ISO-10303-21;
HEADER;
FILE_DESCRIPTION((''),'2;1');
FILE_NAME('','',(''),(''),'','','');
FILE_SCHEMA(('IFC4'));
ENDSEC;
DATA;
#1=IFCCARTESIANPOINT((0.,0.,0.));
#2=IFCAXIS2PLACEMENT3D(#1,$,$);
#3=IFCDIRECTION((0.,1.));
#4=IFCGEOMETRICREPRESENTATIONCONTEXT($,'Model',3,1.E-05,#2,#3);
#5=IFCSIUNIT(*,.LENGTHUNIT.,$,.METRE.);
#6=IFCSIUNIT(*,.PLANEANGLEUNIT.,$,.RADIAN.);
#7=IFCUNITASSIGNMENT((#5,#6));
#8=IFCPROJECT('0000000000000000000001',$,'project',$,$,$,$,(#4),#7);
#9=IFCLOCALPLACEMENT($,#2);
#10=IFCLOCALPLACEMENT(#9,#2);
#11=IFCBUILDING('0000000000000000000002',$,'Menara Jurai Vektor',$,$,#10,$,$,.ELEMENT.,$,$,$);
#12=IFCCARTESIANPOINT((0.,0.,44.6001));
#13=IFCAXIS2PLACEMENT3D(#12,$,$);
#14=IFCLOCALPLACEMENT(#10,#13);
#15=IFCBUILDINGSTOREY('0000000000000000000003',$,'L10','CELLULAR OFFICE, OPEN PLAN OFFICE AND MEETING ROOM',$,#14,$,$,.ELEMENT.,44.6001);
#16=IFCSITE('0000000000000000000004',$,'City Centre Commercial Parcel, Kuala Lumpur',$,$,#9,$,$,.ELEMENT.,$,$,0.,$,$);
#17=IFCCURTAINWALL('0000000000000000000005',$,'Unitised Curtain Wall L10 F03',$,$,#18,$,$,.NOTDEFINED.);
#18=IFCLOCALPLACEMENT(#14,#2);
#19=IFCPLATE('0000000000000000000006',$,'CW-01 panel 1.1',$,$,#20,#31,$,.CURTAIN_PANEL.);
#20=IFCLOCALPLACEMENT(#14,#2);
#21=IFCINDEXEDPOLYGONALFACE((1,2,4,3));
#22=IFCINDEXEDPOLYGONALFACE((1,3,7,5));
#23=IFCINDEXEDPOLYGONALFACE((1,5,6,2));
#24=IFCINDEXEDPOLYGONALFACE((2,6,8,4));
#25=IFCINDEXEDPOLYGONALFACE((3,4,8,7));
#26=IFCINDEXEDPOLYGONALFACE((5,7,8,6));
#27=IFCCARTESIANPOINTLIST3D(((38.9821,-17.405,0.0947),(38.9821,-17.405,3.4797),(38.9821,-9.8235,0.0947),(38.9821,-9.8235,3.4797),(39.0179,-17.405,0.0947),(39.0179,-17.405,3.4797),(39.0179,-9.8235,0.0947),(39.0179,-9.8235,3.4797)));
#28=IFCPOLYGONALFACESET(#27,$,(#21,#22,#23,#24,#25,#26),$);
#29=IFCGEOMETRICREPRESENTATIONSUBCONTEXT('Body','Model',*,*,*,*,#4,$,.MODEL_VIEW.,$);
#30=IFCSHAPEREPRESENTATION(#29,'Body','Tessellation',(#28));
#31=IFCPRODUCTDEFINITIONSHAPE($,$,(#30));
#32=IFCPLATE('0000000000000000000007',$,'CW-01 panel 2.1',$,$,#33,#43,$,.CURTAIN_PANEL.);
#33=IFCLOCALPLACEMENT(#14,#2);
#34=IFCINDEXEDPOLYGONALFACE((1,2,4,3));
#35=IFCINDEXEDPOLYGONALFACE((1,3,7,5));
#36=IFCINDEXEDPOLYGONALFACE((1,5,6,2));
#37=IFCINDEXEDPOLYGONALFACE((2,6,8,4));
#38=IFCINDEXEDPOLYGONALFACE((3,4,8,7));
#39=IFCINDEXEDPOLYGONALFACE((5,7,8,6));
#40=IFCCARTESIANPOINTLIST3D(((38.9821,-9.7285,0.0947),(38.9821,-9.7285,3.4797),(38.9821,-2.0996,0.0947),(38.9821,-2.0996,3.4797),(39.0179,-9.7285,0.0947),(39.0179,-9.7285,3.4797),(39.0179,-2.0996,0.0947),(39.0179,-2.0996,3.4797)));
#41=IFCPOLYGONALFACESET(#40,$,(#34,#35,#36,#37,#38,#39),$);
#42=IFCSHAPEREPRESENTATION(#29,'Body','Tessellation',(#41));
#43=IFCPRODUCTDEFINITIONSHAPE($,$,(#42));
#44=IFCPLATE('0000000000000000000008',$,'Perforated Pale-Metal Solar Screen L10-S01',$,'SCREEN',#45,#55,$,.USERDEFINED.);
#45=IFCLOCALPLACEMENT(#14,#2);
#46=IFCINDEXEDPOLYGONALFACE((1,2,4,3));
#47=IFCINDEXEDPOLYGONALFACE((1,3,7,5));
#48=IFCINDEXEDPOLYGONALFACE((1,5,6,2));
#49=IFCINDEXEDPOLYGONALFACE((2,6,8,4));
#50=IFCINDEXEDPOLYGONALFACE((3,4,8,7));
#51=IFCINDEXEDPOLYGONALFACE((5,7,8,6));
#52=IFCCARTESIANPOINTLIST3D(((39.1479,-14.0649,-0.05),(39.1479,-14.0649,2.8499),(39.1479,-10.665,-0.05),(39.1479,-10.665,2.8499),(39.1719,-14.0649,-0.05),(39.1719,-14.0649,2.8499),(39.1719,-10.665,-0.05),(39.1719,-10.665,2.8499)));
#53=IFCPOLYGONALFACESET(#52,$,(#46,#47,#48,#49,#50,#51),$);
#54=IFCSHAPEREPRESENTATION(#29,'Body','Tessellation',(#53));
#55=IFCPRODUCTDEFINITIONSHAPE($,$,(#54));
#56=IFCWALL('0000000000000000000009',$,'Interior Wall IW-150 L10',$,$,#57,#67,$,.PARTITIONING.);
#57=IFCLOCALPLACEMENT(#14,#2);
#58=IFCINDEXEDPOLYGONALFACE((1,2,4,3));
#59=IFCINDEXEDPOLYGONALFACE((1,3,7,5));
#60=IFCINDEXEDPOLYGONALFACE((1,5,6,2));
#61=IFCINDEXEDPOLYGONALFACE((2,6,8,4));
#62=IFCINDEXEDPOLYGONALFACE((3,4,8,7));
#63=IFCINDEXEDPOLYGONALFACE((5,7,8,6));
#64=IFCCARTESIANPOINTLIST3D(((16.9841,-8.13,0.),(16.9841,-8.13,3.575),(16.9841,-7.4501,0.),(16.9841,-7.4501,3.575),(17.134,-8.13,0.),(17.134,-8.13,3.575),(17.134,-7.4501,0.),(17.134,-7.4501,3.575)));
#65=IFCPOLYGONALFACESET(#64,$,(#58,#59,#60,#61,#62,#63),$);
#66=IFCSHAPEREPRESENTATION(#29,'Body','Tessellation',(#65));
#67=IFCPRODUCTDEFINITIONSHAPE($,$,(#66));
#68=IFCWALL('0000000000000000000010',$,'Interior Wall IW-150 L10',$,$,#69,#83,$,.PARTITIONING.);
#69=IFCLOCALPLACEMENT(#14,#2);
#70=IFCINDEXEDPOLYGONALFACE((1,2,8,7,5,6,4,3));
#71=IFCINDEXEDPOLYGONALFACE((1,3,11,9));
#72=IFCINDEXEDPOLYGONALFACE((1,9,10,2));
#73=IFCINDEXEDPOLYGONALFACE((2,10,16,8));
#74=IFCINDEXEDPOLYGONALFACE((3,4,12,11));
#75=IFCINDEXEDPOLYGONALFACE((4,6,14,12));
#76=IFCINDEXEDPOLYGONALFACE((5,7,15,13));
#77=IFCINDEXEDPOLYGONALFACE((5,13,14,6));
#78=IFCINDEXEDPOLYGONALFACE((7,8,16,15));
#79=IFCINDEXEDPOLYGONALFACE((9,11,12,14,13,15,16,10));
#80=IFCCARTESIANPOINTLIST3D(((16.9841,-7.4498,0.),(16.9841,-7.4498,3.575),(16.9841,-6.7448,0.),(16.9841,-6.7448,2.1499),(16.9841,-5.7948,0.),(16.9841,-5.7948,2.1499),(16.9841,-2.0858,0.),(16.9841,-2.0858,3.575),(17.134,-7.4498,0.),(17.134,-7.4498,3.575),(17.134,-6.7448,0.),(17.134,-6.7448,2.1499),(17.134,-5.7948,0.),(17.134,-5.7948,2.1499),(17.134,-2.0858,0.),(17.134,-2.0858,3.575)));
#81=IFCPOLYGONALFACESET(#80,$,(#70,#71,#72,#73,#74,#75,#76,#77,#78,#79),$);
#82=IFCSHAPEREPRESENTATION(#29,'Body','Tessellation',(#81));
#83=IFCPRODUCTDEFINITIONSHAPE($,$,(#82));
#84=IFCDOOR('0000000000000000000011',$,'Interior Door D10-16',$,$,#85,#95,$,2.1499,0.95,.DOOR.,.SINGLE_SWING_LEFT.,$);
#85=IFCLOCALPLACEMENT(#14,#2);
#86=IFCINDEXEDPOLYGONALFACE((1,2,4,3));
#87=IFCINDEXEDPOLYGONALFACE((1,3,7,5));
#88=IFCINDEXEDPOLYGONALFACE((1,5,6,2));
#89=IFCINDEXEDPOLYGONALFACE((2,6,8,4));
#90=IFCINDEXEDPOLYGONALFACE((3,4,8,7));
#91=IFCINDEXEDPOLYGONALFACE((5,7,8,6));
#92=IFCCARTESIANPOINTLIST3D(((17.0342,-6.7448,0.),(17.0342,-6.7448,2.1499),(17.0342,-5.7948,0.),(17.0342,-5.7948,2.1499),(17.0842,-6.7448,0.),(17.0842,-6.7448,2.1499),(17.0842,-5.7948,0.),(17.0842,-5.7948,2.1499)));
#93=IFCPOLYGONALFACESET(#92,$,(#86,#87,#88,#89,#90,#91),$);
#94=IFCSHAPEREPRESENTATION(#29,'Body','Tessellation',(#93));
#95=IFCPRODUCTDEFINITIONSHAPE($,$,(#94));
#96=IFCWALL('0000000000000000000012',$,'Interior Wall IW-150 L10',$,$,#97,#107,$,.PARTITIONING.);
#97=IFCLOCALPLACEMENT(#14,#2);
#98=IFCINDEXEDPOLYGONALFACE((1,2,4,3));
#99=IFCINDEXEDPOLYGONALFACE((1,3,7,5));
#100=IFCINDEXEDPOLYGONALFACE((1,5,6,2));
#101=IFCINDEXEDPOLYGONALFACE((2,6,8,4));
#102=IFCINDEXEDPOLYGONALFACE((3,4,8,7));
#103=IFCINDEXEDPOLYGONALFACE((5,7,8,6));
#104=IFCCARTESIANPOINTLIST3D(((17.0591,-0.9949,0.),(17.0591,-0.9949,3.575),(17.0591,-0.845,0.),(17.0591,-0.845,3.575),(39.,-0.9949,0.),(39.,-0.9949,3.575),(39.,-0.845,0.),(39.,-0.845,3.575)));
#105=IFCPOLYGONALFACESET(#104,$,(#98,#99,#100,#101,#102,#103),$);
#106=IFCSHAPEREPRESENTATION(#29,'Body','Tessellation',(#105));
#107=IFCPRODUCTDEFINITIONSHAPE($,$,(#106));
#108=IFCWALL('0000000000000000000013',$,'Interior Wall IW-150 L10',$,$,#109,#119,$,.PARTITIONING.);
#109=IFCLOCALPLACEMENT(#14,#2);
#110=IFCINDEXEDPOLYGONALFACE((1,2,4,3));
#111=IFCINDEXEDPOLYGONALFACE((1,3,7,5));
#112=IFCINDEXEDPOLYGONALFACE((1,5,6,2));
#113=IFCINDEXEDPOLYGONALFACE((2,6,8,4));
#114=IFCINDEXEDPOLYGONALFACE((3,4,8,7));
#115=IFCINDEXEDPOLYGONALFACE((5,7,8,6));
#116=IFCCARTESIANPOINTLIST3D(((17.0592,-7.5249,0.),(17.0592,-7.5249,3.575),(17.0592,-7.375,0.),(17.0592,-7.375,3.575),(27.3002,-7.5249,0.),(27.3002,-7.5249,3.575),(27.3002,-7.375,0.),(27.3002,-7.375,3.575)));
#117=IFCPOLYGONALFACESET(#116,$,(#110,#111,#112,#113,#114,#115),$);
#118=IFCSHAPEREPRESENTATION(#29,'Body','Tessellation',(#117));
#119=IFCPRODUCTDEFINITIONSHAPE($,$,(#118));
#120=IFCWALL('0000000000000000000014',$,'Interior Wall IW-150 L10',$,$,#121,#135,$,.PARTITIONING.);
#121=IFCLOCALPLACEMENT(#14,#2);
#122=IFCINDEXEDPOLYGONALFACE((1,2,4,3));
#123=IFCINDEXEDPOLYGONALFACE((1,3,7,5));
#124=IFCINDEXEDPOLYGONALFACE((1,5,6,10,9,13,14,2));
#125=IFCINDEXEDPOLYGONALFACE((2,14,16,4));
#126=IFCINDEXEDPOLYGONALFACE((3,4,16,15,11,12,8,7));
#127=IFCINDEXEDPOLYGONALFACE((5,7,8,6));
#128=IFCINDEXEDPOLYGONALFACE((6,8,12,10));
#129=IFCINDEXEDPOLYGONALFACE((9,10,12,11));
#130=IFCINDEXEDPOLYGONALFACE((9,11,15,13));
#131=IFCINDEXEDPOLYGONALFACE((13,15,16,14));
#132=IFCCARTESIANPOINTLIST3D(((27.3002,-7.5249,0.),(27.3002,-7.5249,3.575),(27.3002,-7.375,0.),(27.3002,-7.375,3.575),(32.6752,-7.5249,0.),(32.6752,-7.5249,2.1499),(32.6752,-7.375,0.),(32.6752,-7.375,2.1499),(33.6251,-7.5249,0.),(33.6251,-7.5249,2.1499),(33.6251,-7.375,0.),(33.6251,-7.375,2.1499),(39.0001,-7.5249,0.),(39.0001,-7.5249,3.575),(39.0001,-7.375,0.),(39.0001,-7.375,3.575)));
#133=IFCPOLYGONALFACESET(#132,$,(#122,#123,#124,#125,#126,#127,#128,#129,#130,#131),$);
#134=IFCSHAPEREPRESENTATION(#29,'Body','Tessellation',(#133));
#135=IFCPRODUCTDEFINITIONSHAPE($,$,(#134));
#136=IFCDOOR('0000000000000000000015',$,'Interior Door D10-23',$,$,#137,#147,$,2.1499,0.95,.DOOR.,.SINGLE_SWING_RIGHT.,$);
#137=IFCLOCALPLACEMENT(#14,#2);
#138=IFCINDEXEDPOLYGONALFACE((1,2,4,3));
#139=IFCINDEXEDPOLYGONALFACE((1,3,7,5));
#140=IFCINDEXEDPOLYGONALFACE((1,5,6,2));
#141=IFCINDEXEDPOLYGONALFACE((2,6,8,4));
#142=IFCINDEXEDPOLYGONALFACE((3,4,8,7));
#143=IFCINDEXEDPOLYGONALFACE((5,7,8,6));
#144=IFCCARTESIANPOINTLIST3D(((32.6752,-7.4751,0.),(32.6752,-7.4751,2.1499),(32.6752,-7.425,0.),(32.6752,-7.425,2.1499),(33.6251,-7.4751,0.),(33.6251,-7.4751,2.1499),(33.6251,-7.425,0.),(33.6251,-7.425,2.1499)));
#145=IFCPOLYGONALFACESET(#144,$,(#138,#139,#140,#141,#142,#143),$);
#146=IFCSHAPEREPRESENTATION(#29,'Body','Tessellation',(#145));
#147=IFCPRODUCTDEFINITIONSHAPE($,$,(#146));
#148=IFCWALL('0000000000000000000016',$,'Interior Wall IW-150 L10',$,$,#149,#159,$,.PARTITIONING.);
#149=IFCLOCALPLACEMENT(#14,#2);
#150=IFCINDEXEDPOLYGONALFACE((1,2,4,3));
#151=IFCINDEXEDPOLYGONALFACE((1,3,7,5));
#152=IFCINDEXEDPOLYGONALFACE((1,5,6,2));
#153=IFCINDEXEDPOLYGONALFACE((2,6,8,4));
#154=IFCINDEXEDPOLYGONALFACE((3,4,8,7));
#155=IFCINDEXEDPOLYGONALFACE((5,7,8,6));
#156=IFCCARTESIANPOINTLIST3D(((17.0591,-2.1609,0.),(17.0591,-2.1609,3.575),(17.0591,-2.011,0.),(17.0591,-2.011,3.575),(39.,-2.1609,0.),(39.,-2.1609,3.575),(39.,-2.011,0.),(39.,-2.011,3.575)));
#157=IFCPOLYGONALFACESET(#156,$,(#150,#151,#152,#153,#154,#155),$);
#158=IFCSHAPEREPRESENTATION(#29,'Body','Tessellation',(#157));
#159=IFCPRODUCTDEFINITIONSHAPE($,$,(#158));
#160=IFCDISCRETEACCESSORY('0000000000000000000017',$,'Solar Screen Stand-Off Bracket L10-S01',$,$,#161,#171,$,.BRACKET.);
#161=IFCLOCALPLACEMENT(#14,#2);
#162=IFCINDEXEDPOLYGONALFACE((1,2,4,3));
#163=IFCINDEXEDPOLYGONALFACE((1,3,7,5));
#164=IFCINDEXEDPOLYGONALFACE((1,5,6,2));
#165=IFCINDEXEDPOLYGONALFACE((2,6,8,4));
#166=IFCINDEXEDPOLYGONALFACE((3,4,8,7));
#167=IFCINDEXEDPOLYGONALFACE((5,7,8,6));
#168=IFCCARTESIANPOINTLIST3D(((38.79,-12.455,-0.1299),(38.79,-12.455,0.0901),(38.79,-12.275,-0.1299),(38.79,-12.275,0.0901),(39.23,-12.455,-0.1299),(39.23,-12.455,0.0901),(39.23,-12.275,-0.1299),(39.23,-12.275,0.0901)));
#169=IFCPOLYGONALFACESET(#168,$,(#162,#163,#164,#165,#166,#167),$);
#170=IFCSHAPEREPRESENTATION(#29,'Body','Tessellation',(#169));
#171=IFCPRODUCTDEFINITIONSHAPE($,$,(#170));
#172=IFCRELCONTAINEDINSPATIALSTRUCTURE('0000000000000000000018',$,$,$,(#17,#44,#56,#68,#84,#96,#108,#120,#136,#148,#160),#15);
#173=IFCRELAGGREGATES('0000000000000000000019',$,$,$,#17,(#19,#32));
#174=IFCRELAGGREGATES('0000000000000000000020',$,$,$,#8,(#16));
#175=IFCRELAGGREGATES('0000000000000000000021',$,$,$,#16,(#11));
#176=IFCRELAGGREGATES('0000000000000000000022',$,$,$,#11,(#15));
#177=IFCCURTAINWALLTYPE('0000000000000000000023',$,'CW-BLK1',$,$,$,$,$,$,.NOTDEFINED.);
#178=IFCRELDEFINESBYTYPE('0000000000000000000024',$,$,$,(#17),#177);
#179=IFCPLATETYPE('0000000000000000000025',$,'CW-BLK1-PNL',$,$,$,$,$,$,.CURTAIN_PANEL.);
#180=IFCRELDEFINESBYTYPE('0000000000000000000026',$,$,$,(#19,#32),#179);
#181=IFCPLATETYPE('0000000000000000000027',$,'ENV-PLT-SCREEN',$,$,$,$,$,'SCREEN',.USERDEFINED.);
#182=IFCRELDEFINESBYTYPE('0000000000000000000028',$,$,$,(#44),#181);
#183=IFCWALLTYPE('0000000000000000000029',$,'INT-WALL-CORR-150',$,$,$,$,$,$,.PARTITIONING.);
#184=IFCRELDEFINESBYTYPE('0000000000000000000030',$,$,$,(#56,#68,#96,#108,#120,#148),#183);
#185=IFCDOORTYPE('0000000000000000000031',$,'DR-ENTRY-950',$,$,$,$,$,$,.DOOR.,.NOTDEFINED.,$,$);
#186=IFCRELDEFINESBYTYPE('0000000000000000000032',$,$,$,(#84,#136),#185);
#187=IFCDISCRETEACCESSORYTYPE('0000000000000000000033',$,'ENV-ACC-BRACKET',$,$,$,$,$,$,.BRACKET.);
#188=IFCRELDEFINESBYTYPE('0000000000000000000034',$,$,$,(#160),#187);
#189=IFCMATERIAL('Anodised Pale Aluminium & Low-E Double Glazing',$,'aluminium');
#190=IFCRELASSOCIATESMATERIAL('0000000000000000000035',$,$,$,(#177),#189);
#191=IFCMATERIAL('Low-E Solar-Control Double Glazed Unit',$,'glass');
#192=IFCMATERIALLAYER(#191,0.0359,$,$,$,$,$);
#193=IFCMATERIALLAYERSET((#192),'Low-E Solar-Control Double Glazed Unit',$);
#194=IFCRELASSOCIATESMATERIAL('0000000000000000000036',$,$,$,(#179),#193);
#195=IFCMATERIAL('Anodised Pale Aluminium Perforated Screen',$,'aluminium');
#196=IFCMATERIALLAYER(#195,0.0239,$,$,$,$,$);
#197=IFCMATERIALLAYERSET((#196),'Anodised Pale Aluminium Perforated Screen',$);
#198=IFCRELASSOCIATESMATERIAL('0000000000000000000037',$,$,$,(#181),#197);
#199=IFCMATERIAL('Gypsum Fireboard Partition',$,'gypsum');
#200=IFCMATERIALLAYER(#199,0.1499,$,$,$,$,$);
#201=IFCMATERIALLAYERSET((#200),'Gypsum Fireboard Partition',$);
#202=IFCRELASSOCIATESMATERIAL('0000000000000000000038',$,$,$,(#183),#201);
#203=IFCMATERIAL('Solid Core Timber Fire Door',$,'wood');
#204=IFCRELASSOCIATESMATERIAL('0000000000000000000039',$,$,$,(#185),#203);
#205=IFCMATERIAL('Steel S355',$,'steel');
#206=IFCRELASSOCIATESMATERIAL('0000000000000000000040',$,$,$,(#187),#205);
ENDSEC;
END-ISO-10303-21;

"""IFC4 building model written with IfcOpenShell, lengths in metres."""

from ifc_helpers import new_model, si_unit, direction, frame, frame_2d, origin, origin_2d, place, context, subcontext, project, spatial, rectangle, extrude, material, layer, layer_set, type_object, element, fill, aggregate, save


model = new_model("IFC4")

# Units and contexts
model_context = context("Model", 3, precision=1e-05, world=origin(), true_north=direction((0.0, 1.0)))
body_context = subcontext(model_context, "Body", "Model", "MODEL_VIEW")
ifc_project = project(units=[si_unit("LENGTHUNIT", "METRE"), si_unit("PLANEANGLEUNIT", "RADIAN")], contexts=[model_context])

# Site, building, storey
site_placement = place(None, origin())
site = spatial("IfcSite", under=ifc_project, at=site_placement, Name="City Centre Commercial Parcel, Kuala Lumpur", CompositionType="ELEMENT", RefElevation=0.0)
building_placement = place(site_placement, origin())
building = spatial("IfcBuilding", under=site, at=building_placement, Name="Menara Jurai Vektor", CompositionType="ELEMENT")
storey_placement = place(building_placement, frame((0.0, 0.0, 44.6001)))
storey = spatial("IfcBuildingStorey", under=building, at=storey_placement, Name="L10", Description="CELLULAR OFFICE, OPEN PLAN OFFICE AND MEETING ROOM", CompositionType="ELEMENT", Elevation=44.6001)

# Curtain wall
ifc_material_1 = material(Name="Anodised Pale Aluminium & Low-E Double Glazing", Category="aluminium")
curtain_wall_type = type_object("IfcCurtainWallType", Name="CW-BLK1", PredefinedType="NOTDEFINED", material=ifc_material_1)
curtain_wall_placement = place(storey_placement, origin())
curtain_wall = element("IfcCurtainWall", 1, at=curtain_wall_placement, inside=storey, type_object=curtain_wall_type, Name="Unitised Curtain Wall L10 F03", PredefinedType="NOTDEFINED")

# Shared definitions
ifc_material_2 = material(Name="Steel S355", Category="steel")

# Plates
ifc_material_3 = material(Name="Low-E Solar-Control Double Glazed Unit", Category="glass")
ifc_layer_1 = layer(ifc_material_3, 0.0359)
ifc_layer_set_1 = layer_set([ifc_layer_1], Name="Low-E Solar-Control Double Glazed Unit")
plate_type_1 = type_object("IfcPlateType", Name="CW-BLK1-PNL", PredefinedType="CURTAIN_PANEL", material=ifc_layer_set_1)
plate_1_placement = place(storey_placement, frame((39.0, -13.6143, 0.0947), z_axis=(0.0, 0.0, 1.0), x_axis=(0.0, 1.0, 0.0)))
plate_1 = element("IfcPlate", 2, at=plate_1_placement, type_object=plate_type_1, Name="CW-01 panel 1.1", PredefinedType="CURTAIN_PANEL", context=body_context, shape_type="SweptSolid", body=[
    extrude(rectangle(XDim=7.5815, YDim=0.0359, at=origin_2d()), origin(), (0.0, 0.0, 1.0), 3.385),
])
plate_2_placement = place(storey_placement, frame((39.0, -5.9141, 0.0947), z_axis=(0.0, 0.0, 1.0), x_axis=(0.0, 1.0, 0.0)))
plate_2 = element("IfcPlate", 3, at=plate_2_placement, type_object=plate_type_1, Name="CW-01 panel 2.1", PredefinedType="CURTAIN_PANEL", context=body_context, shape_type="SweptSolid", body=[
    extrude(rectangle(XDim=7.6289, YDim=0.0359, at=origin_2d()), origin(), (0.0, 0.0, 1.0), 3.385),
])
aggregate(curtain_wall, [plate_1, plate_2])
ifc_material_4 = material(Name="Anodised Pale Aluminium Perforated Screen", Category="aluminium")
ifc_layer_2 = layer(ifc_material_4, 0.0239)
ifc_layer_set_2 = layer_set([ifc_layer_2], Name="Anodised Pale Aluminium Perforated Screen")
plate_type_2 = type_object("IfcPlateType", Name="ENV-PLT-SCREEN", ElementType="SCREEN", PredefinedType="USERDEFINED", material=ifc_layer_set_2)
plate_3_placement = place(storey_placement, frame((39.1599, -12.365, -0.05), z_axis=(0.0, 0.0, 1.0), x_axis=(0.0, 1.0, 0.0)))
element("IfcPlate", 4, at=plate_3_placement, inside=storey, type_object=plate_type_2, Name="Perforated Pale-Metal Solar Screen L10-S01", ObjectType="SCREEN", PredefinedType="USERDEFINED", context=body_context, shape_type="SweptSolid", body=[
    extrude(rectangle(XDim=3.3999, YDim=0.0239, at=origin_2d()), origin(), (0.0, 0.0, 1.0), 2.8999),
])

# Wall
ifc_material_5 = material(Name="Gypsum Fireboard Partition", Category="gypsum")
ifc_layer_3 = layer(ifc_material_5, 0.1499)
ifc_layer_set_3 = layer_set([ifc_layer_3], Name="Gypsum Fireboard Partition")
wall_type = type_object("IfcWallType", Name="INT-WALL-CORR-150", PredefinedType="PARTITIONING", material=ifc_layer_set_3)
wall_1_placement = place(storey_placement, frame((17.0591, -8.1299, 0.0), z_axis=(0.0, 0.0, 1.0), x_axis=(0.0, 1.0, 0.0)))
element("IfcWall", 5, at=wall_1_placement, inside=storey, type_object=wall_type, Name="Interior Wall IW-150 L10", PredefinedType="PARTITIONING", context=body_context, shape_type="SweptSolid", body=[
    extrude(rectangle(XDim=0.6799, YDim=0.1499, at=frame_2d((0.3398, 0.0))), origin(), (0.0, 0.0, 1.0), 3.575),
])

# Wall, opening, door
wall_2_placement = place(storey_placement, frame((17.0591, -7.45, 0.0), z_axis=(0.0, 0.0, 1.0), x_axis=(0.0, 1.0, 0.0)))
wall_2 = element("IfcWall", 6, at=wall_2_placement, inside=storey, type_object=wall_type, Name="Interior Wall IW-150 L10", PredefinedType="PARTITIONING", context=body_context, shape_type="SweptSolid", body=[
    extrude(rectangle(XDim=5.364, YDim=0.1499, at=frame_2d((2.6821, 0.0))), origin(), (0.0, 0.0, 1.0), 3.575),
])
opening_1_placement = place(wall_2_placement, frame((0.7051, 0.0, 0.0)))
opening_1 = element("IfcOpeningElement", 7, at=opening_1_placement, cuts=wall_2, PredefinedType="OPENING", context=body_context, shape_type="SweptSolid", body=[
    extrude(rectangle(XDim=0.95, YDim=2.1499, at=frame_2d((0.4751, 1.075))), frame((0.0, 0.085, 0.0), z_axis=(0.0, -1.0, 0.0), x_axis=(1.0, 0.0, 0.0)), (0.0, 0.0, 1.0), 0.1699),
])
ifc_material_6 = material(Name="Solid Core Timber Fire Door", Category="wood")
door_type = type_object("IfcDoorType", Name="DR-ENTRY-950", OperationType="NOTDEFINED", PredefinedType="DOOR", material=ifc_material_6)
door_1_placement = place(opening_1_placement, origin())
door_1 = element("IfcDoor", 8, at=door_1_placement, inside=storey, type_object=door_type, Name="Interior Door D10-16", OperationType="SINGLE_SWING_LEFT", OverallHeight=2.1499, OverallWidth=0.95, PredefinedType="DOOR", context=body_context, shape_type="SweptSolid", body=[
    extrude(rectangle(XDim=0.95, YDim=2.1499, at=frame_2d((0.4751, 1.075))), frame((0.0, 0.0249, 0.0), z_axis=(0.0, -1.0, 0.0), x_axis=(1.0, 0.0, 0.0)), (0.0, 0.0, 1.0), 0.05),
])
fill(opening_1, door_1)

# Walls
wall_3_placement = place(storey_placement, frame((17.0591, -0.9199, 0.0), z_axis=(0.0, 0.0, 1.0), x_axis=(1.0, 0.0, 0.0)))
element("IfcWall", 9, at=wall_3_placement, inside=storey, type_object=wall_type, Name="Interior Wall IW-150 L10", PredefinedType="PARTITIONING", context=body_context, shape_type="SweptSolid", body=[
    extrude(rectangle(XDim=21.9409, YDim=0.1499, at=frame_2d((10.9705, 0.0))), origin(), (0.0, 0.0, 1.0), 3.575),
])
wall_4_placement = place(storey_placement, frame((17.0591, -7.45, 0.0), z_axis=(0.0, 0.0, 1.0), x_axis=(1.0, 0.0, 0.0)))
element("IfcWall", 10, at=wall_4_placement, inside=storey, type_object=wall_type, Name="Interior Wall IW-150 L10", PredefinedType="PARTITIONING", context=body_context, shape_type="SweptSolid", body=[
    extrude(rectangle(XDim=10.241, YDim=0.1499, at=frame_2d((5.1206, 0.0))), origin(), (0.0, 0.0, 1.0), 3.575),
])

# Wall, opening, door
wall_5_placement = place(storey_placement, frame((27.3, -7.45, 0.0), z_axis=(0.0, 0.0, 1.0), x_axis=(1.0, 0.0, 0.0)))
wall_5 = element("IfcWall", 11, at=wall_5_placement, inside=storey, type_object=wall_type, Name="Interior Wall IW-150 L10", PredefinedType="PARTITIONING", context=body_context, shape_type="SweptSolid", body=[
    extrude(rectangle(XDim=11.7, YDim=0.1499, at=frame_2d((5.8501, 0.0))), origin(), (0.0, 0.0, 1.0), 3.575),
])
opening_2_placement = place(wall_5_placement, frame((5.375, 0.0, 0.0)))
opening_2 = element("IfcOpeningElement", 12, at=opening_2_placement, cuts=wall_5, PredefinedType="OPENING", context=body_context, shape_type="SweptSolid", body=[
    extrude(rectangle(XDim=0.95, YDim=2.1499, at=frame_2d((0.4751, 1.075))), frame((0.0, 0.085, 0.0), z_axis=(0.0, -1.0, 0.0), x_axis=(1.0, 0.0, 0.0)), (0.0, 0.0, 1.0), 0.1699),
])
door_2_placement = place(opening_2_placement, origin())
door_2 = element("IfcDoor", 13, at=door_2_placement, inside=storey, type_object=door_type, Name="Interior Door D10-23", OperationType="SINGLE_SWING_RIGHT", OverallHeight=2.1499, OverallWidth=0.95, PredefinedType="DOOR", context=body_context, shape_type="SweptSolid", body=[
    extrude(rectangle(XDim=0.95, YDim=2.1499, at=frame_2d((0.4751, 1.075))), frame((0.0, 0.0249, 0.0), z_axis=(0.0, -1.0, 0.0), x_axis=(1.0, 0.0, 0.0)), (0.0, 0.0, 1.0), 0.05),
])
fill(opening_2, door_2)

# Wall
wall_6_placement = place(storey_placement, frame((17.0591, -2.0859, 0.0), z_axis=(0.0, 0.0, 1.0), x_axis=(1.0, 0.0, 0.0)))
element("IfcWall", 14, at=wall_6_placement, inside=storey, type_object=wall_type, Name="Interior Wall IW-150 L10", PredefinedType="PARTITIONING", context=body_context, shape_type="SweptSolid", body=[
    extrude(rectangle(XDim=21.9409, YDim=0.1499, at=frame_2d((10.9705, 0.0))), origin(), (0.0, 0.0, 1.0), 3.575),
])

# Discrete accessory
discrete_accessory_type = type_object("IfcDiscreteAccessoryType", Name="ENV-ACC-BRACKET", PredefinedType="BRACKET", material=ifc_material_2)
discrete_accessory_placement = place(storey_placement, frame((39.01, -12.365, -0.1299), z_axis=(0.0, 0.0, 1.0), x_axis=(0.0, 1.0, 0.0)))
element("IfcDiscreteAccessory", 15, at=discrete_accessory_placement, inside=storey, type_object=discrete_accessory_type, Name="Solar Screen Stand-Off Bracket L10-S01", PredefinedType="BRACKET", context=body_context, shape_type="SweptSolid", body=[
    extrude(rectangle(XDim=0.1799, YDim=0.4399, at=origin_2d()), origin(), (0.0, 0.0, 1.0), 0.22),
])

save(model, "model.ifc")
